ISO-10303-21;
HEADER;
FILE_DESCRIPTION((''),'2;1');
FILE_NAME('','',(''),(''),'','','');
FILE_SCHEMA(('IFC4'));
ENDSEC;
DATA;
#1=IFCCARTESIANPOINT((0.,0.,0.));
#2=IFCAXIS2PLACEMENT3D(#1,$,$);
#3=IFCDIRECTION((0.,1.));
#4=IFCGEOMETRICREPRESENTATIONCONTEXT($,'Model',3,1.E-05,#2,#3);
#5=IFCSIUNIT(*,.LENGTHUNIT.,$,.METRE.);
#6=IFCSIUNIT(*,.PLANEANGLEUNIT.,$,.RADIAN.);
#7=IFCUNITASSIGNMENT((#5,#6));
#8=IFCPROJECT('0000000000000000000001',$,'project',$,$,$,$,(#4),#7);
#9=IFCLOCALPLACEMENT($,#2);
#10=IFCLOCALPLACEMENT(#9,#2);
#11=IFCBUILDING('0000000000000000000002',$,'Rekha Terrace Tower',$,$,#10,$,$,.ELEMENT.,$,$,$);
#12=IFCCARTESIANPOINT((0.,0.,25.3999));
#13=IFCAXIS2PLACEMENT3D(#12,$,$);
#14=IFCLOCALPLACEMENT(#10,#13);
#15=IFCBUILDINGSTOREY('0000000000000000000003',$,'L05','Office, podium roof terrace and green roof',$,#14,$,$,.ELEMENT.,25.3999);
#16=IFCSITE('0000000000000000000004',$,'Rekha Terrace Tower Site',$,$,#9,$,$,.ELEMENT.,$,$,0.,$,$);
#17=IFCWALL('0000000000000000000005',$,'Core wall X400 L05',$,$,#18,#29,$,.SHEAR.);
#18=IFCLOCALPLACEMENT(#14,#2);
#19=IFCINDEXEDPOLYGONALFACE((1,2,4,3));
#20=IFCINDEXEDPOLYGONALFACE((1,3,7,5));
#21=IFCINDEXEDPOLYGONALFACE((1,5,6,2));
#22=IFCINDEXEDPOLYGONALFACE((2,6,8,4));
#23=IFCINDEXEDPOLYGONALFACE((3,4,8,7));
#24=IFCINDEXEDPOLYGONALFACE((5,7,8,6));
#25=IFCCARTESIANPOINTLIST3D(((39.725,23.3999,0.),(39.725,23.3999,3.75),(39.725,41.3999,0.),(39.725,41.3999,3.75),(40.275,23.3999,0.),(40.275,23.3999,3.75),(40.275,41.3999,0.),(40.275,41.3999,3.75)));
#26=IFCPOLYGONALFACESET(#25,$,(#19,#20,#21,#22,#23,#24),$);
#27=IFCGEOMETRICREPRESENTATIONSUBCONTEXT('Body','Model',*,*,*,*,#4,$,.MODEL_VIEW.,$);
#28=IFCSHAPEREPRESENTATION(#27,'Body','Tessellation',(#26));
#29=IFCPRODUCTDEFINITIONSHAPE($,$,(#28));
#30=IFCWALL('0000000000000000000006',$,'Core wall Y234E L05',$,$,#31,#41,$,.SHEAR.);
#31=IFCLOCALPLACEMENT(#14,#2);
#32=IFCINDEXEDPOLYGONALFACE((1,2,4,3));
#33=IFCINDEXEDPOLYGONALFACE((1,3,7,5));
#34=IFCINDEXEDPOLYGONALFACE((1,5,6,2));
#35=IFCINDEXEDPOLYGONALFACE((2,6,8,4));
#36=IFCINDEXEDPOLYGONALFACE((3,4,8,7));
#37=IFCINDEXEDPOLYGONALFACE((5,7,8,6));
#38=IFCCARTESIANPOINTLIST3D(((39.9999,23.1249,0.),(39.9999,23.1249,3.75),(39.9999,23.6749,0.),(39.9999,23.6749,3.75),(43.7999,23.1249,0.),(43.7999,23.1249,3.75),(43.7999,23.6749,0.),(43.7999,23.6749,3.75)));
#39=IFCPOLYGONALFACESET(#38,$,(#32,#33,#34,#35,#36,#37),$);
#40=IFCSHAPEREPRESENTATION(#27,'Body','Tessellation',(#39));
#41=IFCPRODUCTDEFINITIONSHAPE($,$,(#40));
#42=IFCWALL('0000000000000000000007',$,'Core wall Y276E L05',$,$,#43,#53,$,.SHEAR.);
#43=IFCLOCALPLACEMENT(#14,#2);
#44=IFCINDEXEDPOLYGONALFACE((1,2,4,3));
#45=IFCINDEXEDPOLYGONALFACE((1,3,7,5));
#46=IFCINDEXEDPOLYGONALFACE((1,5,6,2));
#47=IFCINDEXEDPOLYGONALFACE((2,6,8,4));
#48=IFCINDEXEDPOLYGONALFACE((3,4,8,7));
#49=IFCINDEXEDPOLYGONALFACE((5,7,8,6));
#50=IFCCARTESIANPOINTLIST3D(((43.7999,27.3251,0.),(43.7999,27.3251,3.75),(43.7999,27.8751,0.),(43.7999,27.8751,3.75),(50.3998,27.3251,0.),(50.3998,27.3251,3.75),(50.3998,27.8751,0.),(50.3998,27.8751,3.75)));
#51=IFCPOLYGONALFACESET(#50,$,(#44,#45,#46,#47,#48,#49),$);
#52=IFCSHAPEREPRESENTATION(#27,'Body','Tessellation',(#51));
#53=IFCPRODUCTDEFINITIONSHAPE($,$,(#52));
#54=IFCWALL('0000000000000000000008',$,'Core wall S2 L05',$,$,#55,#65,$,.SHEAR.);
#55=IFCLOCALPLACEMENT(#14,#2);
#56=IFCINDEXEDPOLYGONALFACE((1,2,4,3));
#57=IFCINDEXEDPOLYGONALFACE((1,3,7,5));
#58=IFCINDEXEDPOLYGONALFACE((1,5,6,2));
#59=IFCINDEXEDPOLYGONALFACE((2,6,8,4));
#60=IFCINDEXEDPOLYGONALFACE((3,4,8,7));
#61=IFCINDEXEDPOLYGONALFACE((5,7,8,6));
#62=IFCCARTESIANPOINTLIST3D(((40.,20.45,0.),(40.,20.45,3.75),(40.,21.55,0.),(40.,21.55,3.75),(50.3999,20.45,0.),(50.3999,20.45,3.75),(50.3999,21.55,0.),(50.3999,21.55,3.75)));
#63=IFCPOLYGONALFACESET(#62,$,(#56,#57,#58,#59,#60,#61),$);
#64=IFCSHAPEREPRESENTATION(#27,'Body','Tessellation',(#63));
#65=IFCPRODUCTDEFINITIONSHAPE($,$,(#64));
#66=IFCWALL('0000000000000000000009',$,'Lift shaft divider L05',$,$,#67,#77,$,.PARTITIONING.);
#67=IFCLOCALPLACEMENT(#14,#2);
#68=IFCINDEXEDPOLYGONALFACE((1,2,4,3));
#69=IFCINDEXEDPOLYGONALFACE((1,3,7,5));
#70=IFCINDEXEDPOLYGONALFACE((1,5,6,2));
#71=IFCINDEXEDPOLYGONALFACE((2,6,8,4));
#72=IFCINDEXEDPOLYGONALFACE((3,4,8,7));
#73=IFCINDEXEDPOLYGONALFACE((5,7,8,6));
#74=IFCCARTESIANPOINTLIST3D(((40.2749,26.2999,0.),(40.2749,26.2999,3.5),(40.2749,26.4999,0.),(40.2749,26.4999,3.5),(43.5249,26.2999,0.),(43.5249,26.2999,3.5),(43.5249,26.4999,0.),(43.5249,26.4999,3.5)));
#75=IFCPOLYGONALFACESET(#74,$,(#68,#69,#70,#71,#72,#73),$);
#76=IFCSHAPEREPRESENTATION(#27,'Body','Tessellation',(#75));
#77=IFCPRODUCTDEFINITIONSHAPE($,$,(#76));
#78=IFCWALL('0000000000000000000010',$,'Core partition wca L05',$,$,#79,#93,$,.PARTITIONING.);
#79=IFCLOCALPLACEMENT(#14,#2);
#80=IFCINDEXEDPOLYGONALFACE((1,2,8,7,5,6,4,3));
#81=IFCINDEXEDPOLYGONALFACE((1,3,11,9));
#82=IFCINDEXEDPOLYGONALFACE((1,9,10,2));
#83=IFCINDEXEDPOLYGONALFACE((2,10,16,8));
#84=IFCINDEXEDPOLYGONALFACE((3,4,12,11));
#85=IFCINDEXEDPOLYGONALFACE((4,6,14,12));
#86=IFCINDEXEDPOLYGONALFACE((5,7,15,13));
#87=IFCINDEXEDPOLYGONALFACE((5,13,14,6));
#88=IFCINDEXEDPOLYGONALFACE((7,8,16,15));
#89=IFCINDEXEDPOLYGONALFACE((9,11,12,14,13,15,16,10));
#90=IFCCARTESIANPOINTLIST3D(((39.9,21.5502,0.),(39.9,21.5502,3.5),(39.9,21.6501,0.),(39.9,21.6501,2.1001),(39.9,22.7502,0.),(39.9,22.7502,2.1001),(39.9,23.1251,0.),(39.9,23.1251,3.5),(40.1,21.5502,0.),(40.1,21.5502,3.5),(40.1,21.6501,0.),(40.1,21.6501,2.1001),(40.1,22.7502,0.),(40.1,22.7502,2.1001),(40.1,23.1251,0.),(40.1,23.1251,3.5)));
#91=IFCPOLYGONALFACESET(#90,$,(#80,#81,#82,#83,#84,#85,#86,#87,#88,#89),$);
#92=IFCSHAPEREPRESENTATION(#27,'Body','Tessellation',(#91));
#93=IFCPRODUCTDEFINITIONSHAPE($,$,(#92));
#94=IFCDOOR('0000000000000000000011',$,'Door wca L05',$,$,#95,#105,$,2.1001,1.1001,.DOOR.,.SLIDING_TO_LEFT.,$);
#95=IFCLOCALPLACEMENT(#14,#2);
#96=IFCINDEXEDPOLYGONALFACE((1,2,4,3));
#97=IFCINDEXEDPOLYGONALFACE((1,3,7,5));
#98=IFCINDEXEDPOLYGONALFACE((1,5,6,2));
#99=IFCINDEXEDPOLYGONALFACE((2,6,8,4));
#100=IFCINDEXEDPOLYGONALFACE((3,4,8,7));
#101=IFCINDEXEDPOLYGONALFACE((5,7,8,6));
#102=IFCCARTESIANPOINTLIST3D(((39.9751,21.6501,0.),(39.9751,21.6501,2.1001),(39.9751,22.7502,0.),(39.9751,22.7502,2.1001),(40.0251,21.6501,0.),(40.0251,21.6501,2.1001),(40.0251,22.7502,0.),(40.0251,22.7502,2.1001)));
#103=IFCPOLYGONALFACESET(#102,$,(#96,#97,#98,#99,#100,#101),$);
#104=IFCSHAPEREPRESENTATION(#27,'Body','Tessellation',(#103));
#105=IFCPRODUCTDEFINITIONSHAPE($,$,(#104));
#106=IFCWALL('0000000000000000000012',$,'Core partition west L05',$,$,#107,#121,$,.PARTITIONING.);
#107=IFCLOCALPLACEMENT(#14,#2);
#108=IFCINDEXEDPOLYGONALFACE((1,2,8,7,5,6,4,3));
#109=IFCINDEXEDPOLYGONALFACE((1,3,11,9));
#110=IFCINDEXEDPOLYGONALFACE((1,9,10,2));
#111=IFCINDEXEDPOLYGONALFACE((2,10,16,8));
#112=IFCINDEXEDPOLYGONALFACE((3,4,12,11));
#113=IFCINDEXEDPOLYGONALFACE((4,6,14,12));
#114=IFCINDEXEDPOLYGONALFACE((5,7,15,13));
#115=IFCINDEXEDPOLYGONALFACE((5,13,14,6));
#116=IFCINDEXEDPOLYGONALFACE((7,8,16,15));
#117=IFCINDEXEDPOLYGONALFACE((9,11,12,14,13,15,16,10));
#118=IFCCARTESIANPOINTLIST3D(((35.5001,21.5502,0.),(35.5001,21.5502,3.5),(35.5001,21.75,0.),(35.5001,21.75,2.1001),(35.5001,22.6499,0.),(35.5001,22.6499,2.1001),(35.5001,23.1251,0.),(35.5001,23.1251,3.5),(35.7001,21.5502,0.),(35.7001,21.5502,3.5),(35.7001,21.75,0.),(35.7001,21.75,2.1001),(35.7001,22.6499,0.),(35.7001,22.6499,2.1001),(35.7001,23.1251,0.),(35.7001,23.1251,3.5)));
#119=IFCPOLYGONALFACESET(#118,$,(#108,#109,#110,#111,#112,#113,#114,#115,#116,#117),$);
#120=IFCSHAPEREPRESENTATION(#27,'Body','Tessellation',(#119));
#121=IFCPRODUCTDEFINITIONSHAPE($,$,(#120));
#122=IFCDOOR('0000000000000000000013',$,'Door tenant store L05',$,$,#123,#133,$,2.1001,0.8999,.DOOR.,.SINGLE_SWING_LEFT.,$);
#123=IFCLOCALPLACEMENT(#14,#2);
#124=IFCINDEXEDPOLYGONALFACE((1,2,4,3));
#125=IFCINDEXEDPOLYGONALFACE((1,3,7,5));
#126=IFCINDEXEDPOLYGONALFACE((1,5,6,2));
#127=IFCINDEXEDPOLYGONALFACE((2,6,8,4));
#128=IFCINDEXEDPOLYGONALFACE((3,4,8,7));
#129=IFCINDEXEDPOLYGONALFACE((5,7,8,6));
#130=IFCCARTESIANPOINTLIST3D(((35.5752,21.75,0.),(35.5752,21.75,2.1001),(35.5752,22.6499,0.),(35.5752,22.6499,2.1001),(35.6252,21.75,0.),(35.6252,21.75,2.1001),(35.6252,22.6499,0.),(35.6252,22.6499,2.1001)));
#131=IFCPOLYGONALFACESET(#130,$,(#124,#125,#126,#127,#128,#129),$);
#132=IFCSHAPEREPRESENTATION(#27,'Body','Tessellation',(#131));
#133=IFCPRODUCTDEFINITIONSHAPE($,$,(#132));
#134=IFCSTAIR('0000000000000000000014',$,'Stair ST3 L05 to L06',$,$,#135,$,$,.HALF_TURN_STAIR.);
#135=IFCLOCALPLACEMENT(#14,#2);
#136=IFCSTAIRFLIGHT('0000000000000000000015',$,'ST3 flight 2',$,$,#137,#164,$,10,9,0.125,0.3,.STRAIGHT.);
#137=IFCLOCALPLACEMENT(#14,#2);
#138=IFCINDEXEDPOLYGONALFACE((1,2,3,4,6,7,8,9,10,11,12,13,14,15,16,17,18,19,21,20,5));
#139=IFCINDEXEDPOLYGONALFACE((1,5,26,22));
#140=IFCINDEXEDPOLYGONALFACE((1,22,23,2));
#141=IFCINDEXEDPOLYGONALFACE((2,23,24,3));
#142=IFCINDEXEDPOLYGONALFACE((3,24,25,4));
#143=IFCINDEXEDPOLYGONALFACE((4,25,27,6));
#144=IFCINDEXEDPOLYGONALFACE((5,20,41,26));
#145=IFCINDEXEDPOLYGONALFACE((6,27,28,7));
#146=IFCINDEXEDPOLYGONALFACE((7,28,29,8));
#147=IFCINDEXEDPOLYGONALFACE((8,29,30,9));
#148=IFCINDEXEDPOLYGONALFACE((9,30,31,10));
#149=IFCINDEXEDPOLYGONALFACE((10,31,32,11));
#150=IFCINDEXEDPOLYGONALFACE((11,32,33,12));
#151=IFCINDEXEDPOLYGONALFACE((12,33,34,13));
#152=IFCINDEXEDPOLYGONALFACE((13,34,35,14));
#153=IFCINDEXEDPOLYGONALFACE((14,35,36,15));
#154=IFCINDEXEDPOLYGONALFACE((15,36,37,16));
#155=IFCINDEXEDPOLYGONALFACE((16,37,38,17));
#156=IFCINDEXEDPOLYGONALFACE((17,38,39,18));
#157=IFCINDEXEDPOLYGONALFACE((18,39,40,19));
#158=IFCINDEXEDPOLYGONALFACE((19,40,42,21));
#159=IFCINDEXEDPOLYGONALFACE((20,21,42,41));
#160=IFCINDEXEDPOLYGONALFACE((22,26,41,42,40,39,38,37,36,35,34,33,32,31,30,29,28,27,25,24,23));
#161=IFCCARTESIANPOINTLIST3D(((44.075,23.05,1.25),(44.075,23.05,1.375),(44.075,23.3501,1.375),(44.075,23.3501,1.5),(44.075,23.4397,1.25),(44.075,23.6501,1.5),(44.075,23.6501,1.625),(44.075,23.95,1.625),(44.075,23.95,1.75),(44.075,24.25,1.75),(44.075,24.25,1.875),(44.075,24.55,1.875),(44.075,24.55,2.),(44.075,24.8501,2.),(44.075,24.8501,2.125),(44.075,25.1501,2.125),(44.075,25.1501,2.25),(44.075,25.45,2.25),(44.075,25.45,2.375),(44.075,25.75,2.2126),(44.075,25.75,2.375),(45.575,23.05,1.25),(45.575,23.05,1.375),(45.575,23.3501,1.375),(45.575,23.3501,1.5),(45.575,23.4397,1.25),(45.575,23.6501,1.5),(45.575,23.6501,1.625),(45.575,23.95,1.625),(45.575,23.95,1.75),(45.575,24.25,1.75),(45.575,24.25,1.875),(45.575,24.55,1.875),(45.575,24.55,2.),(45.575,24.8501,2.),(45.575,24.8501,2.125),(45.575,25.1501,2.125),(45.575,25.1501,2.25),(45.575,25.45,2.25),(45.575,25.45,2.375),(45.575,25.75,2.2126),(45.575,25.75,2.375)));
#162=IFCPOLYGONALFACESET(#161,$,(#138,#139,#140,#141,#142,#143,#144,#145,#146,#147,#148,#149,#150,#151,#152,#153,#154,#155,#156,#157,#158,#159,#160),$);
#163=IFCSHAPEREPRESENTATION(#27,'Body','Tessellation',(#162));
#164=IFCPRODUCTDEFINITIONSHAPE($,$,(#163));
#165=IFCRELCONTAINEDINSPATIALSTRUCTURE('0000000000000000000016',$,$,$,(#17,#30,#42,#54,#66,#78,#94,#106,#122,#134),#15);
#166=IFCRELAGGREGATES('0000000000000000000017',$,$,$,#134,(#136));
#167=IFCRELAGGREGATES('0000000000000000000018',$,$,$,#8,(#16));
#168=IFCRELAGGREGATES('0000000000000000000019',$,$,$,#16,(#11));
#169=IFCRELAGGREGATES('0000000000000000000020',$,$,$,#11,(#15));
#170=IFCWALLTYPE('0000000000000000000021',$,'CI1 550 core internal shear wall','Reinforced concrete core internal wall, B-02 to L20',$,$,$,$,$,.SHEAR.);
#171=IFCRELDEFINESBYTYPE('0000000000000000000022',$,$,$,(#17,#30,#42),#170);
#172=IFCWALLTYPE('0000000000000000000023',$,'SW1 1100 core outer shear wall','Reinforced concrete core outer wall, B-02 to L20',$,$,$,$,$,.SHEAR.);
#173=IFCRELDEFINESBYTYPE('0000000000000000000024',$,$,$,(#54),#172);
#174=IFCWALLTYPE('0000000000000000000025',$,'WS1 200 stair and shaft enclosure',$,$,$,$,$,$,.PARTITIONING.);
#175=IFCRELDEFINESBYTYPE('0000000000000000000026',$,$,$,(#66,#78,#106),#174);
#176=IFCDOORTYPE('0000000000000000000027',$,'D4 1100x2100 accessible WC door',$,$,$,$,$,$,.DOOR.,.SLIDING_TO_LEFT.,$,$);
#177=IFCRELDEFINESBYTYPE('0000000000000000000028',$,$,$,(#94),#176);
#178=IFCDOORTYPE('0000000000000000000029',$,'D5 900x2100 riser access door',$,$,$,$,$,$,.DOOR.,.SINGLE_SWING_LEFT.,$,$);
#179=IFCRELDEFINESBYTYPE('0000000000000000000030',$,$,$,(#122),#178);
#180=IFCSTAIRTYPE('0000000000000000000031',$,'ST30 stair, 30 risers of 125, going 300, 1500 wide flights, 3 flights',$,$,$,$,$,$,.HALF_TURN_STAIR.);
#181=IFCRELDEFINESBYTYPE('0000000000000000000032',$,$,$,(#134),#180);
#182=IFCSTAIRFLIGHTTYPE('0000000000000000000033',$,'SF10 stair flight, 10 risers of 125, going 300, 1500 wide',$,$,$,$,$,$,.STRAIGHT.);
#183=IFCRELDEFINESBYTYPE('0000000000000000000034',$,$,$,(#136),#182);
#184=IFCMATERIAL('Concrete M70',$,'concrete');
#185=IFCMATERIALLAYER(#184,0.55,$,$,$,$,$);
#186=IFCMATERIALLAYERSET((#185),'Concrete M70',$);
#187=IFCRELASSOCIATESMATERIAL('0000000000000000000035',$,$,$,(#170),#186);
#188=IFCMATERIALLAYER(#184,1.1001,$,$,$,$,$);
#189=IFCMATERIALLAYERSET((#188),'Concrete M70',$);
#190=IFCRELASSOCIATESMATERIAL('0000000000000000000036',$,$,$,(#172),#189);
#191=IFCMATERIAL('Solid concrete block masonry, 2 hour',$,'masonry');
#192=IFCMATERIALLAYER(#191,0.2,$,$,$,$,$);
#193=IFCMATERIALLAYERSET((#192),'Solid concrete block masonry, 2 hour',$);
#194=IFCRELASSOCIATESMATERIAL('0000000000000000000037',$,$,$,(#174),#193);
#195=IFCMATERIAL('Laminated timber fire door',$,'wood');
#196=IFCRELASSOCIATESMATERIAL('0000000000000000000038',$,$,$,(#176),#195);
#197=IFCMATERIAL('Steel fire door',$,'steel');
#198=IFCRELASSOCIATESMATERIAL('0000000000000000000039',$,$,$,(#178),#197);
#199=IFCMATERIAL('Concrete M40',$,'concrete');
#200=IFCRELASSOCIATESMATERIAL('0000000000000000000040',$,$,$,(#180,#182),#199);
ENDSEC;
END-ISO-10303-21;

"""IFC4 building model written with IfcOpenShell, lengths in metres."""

from ifc_helpers import new_model, si_unit, direction, frame, frame_2d, origin, place, context, subcontext, project, spatial, polyline, rectangle, outline, extrude, material, layer, layer_set, type_object, element, fill, aggregate, save


model = new_model("IFC4")

# Units and contexts
model_context = context("Model", 3, precision=1e-05, world=origin(), true_north=direction((0.0, 1.0)))
body_context = subcontext(model_context, "Body", "Model", "MODEL_VIEW")
ifc_project = project(units=[si_unit("LENGTHUNIT", "METRE"), si_unit("PLANEANGLEUNIT", "RADIAN")], contexts=[model_context])

# Site, building, storey
site_placement = place(None, origin())
site = spatial("IfcSite", under=ifc_project, at=site_placement, Name="Rekha Terrace Tower Site", CompositionType="ELEMENT", RefElevation=0.0)
building_placement = place(site_placement, origin())
building = spatial("IfcBuilding", under=site, at=building_placement, Name="Rekha Terrace Tower", CompositionType="ELEMENT")
storey_placement = place(building_placement, frame((0.0, 0.0, 25.3999)))
storey = spatial("IfcBuildingStorey", under=building, at=storey_placement, Name="L05", Description="Office, podium roof terrace and green roof", CompositionType="ELEMENT", Elevation=25.3999)

# Shared definitions
ifc_material_1 = material(Name="Concrete M70", Category="concrete")

# Shared definitions
ifc_layer_1 = layer(ifc_material_1, 0.55)
ifc_layer_set_1 = layer_set([ifc_layer_1], Name="Concrete M70")
wall_type_1 = type_object("IfcWallType", Name="CI1 550 core internal shear wall", Description="Reinforced concrete core internal wall, B-02 to L20", PredefinedType="SHEAR", material=ifc_layer_set_1)

# Walls
wall_1_placement = place(storey_placement, frame((40.0, 23.3999, 0.0), z_axis=(0.0, 0.0, 1.0), x_axis=(0.0, 1.0, 0.0)))
element("IfcWall", 1, at=wall_1_placement, inside=storey, type_object=wall_type_1, Name="Core wall X400 L05", PredefinedType="SHEAR", context=body_context, shape_type="SweptSolid", body=[
    extrude(rectangle(XDim=18.0, YDim=0.55, at=frame_2d((9.0, 0.0))), origin(), (0.0, 0.0, 1.0), 3.75),
])
wall_2_placement = place(storey_placement, frame((40.0, 23.3999, 0.0), z_axis=(0.0, 0.0, 1.0), x_axis=(1.0, 0.0, 0.0)))
element("IfcWall", 2, at=wall_2_placement, inside=storey, type_object=wall_type_1, Name="Core wall Y234E L05", PredefinedType="SHEAR", context=body_context, shape_type="SweptSolid", body=[
    extrude(rectangle(XDim=3.8, YDim=0.55, at=frame_2d((1.8999, 0.0))), origin(), (0.0, 0.0, 1.0), 3.75),
])
wall_3_placement = place(storey_placement, frame((43.8, 27.6001, 0.0), z_axis=(0.0, 0.0, 1.0), x_axis=(1.0, 0.0, 0.0)))
element("IfcWall", 3, at=wall_3_placement, inside=storey, type_object=wall_type_1, Name="Core wall Y276E L05", PredefinedType="SHEAR", context=body_context, shape_type="SweptSolid", body=[
    extrude(rectangle(XDim=6.5999, YDim=0.55, at=frame_2d((3.2998, 0.0))), origin(), (0.0, 0.0, 1.0), 3.75),
])
ifc_layer_2 = layer(ifc_material_1, 1.1001)
ifc_layer_set_2 = layer_set([ifc_layer_2], Name="Concrete M70")
wall_type_2 = type_object("IfcWallType", Name="SW1 1100 core outer shear wall", Description="Reinforced concrete core outer wall, B-02 to L20", PredefinedType="SHEAR", material=ifc_layer_set_2)
wall_4_placement = place(storey_placement, frame((40.0, 21.0, 0.0), z_axis=(0.0, 0.0, 1.0), x_axis=(1.0, 0.0, 0.0)))
element("IfcWall", 4, at=wall_4_placement, inside=storey, type_object=wall_type_2, Name="Core wall S2 L05", PredefinedType="SHEAR", context=body_context, shape_type="SweptSolid", body=[
    extrude(rectangle(XDim=10.3999, YDim=1.1001, at=frame_2d((5.2, 0.0))), origin(), (0.0, 0.0, 1.0), 3.75),
])
ifc_material_2 = material(Name="Solid concrete block masonry, 2 hour", Category="masonry")
ifc_layer_3 = layer(ifc_material_2, 0.2)
ifc_layer_set_3 = layer_set([ifc_layer_3], Name="Solid concrete block masonry, 2 hour")
wall_type_3 = type_object("IfcWallType", Name="WS1 200 stair and shaft enclosure", PredefinedType="PARTITIONING", material=ifc_layer_set_3)
wall_5_placement = place(storey_placement, frame((40.2749, 26.3999, 0.0), z_axis=(0.0, 0.0, 1.0), x_axis=(1.0, 0.0, 0.0)))
element("IfcWall", 5, at=wall_5_placement, inside=storey, type_object=wall_type_3, Name="Lift shaft divider L05", PredefinedType="PARTITIONING", context=body_context, shape_type="SweptSolid", body=[
    extrude(rectangle(XDim=3.25, YDim=0.2, at=frame_2d((1.625, 0.0))), origin(), (0.0, 0.0, 1.0), 3.5),
])

# Walls, openings, doors
wall_6_placement = place(storey_placement, frame((40.0, 21.55, 0.0), z_axis=(0.0, 0.0, 1.0), x_axis=(0.0, 1.0, 0.0)))
wall_6 = element("IfcWall", 6, at=wall_6_placement, inside=storey, type_object=wall_type_3, Name="Core partition wca L05", PredefinedType="PARTITIONING", context=body_context, shape_type="SweptSolid", body=[
    extrude(rectangle(XDim=1.575, YDim=0.2, at=frame_2d((0.7876, 0.0))), origin(), (0.0, 0.0, 1.0), 3.5),
])
opening_1_placement = place(wall_6_placement, frame((0.1001, 0.0, 0.0)))
opening_1 = element("IfcOpeningElement", 7, at=opening_1_placement, cuts=wall_6, PredefinedType="OPENING", context=body_context, shape_type="SweptSolid", body=[
    extrude(rectangle(XDim=1.1001, YDim=2.1001, at=frame_2d((0.55, 1.05))), frame((0.0, 0.1099, 0.0), z_axis=(0.0, -1.0, 0.0), x_axis=(1.0, 0.0, 0.0)), (0.0, 0.0, 1.0), 0.22),
])
ifc_material_3 = material(Name="Laminated timber fire door", Category="wood")
door_type_1 = type_object("IfcDoorType", Name="D4 1100x2100 accessible WC door", OperationType="SLIDING_TO_LEFT", PredefinedType="DOOR", material=ifc_material_3)
door_1_placement = place(opening_1_placement, origin())
door_1 = element("IfcDoor", 8, at=door_1_placement, inside=storey, type_object=door_type_1, Name="Door wca L05", OperationType="SLIDING_TO_LEFT", OverallHeight=2.1001, OverallWidth=1.1001, PredefinedType="DOOR", context=body_context, shape_type="SweptSolid", body=[
    extrude(rectangle(XDim=1.1001, YDim=2.1001, at=frame_2d((0.55, 1.05))), frame((0.0, 0.0249, 0.0), z_axis=(0.0, -1.0, 0.0), x_axis=(1.0, 0.0, 0.0)), (0.0, 0.0, 1.0), 0.05),
])
fill(opening_1, door_1)
wall_7_placement = place(storey_placement, frame((35.6001, 21.55, 0.0), z_axis=(0.0, 0.0, 1.0), x_axis=(0.0, 1.0, 0.0)))
wall_7 = element("IfcWall", 9, at=wall_7_placement, inside=storey, type_object=wall_type_3, Name="Core partition west L05", PredefinedType="PARTITIONING", context=body_context, shape_type="SweptSolid", body=[
    extrude(rectangle(XDim=1.575, YDim=0.2, at=frame_2d((0.7876, 0.0))), origin(), (0.0, 0.0, 1.0), 3.5),
])
opening_2_placement = place(wall_7_placement, frame((0.2, 0.0, 0.0)))
opening_2 = element("IfcOpeningElement", 10, at=opening_2_placement, cuts=wall_7, PredefinedType="OPENING", context=body_context, shape_type="SweptSolid", body=[
    extrude(rectangle(XDim=0.8999, YDim=2.1001, at=frame_2d((0.45, 1.05))), frame((0.0, 0.1099, 0.0), z_axis=(0.0, -1.0, 0.0), x_axis=(1.0, 0.0, 0.0)), (0.0, 0.0, 1.0), 0.22),
])
ifc_material_4 = material(Name="Steel fire door", Category="steel")
door_type_2 = type_object("IfcDoorType", Name="D5 900x2100 riser access door", OperationType="SINGLE_SWING_LEFT", PredefinedType="DOOR", material=ifc_material_4)
door_2_placement = place(opening_2_placement, origin())
door_2 = element("IfcDoor", 11, at=door_2_placement, inside=storey, type_object=door_type_2, Name="Door tenant store L05", OperationType="SINGLE_SWING_LEFT", OverallHeight=2.1001, OverallWidth=0.8999, PredefinedType="DOOR", context=body_context, shape_type="SweptSolid", body=[
    extrude(rectangle(XDim=0.8999, YDim=2.1001, at=frame_2d((0.45, 1.05))), frame((0.0, 0.0249, 0.0), z_axis=(0.0, -1.0, 0.0), x_axis=(1.0, 0.0, 0.0)), (0.0, 0.0, 1.0), 0.05),
])
fill(opening_2, door_2)

# Stair, stair flight
ifc_material_5 = material(Name="Concrete M40", Category="concrete")
stair_type = type_object("IfcStairType", Name="ST30 stair, 30 risers of 125, going 300, 1500 wide flights, 3 flights", PredefinedType="HALF_TURN_STAIR", material=ifc_material_5)
stair_placement = place(storey_placement, origin())
stair = element("IfcStair", 12, at=stair_placement, inside=storey, type_object=stair_type, Name="Stair ST3 L05 to L06", PredefinedType="HALF_TURN_STAIR")
stair_flight_type = type_object("IfcStairFlightType", Name="SF10 stair flight, 10 risers of 125, going 300, 1500 wide", PredefinedType="STRAIGHT", material=ifc_material_5)
stair_flight_placement = place(storey_placement, frame((44.825, 23.05, 1.25), z_axis=(0.0, 0.0, 1.0), x_axis=(0.0, 1.0, 0.0)))
stair_flight = element("IfcStairFlight", 13, at=stair_flight_placement, type_object=stair_flight_type, Name="ST3 flight 2", NumberOfRisers=10, NumberOfTreads=9, PredefinedType="STRAIGHT", RiserHeight=0.125, TreadLength=0.3, context=body_context, shape_type="SweptSolid", body=[
    extrude(outline(polyline([(0.0, 0.0), (0.0, 0.125), (0.3, 0.125), (0.3, 0.25), (0.6001, 0.25), (0.6001, 0.375), (0.8999, 0.375), (0.8999, 0.5), (1.2, 0.5), (1.2, 0.625), (1.5, 0.625), (1.5, 0.75), (1.8, 0.75), (1.8, 0.875), (2.1001, 0.875), (2.1001, 1.0), (2.3999, 1.0), (2.3999, 1.125), (2.7, 1.125), (2.7, 1.25), (2.7, 0.9626), (0.3896, 0.0), (0.0, 0.0)])), frame((0.0, 0.75, 0.0), z_axis=(0.0, -1.0, 0.0), x_axis=(1.0, 0.0, 0.0)), (0.0, 0.0, 1.0), 1.5),
])
aggregate(stair, [stair_flight])

save(model, "model.ifc")
